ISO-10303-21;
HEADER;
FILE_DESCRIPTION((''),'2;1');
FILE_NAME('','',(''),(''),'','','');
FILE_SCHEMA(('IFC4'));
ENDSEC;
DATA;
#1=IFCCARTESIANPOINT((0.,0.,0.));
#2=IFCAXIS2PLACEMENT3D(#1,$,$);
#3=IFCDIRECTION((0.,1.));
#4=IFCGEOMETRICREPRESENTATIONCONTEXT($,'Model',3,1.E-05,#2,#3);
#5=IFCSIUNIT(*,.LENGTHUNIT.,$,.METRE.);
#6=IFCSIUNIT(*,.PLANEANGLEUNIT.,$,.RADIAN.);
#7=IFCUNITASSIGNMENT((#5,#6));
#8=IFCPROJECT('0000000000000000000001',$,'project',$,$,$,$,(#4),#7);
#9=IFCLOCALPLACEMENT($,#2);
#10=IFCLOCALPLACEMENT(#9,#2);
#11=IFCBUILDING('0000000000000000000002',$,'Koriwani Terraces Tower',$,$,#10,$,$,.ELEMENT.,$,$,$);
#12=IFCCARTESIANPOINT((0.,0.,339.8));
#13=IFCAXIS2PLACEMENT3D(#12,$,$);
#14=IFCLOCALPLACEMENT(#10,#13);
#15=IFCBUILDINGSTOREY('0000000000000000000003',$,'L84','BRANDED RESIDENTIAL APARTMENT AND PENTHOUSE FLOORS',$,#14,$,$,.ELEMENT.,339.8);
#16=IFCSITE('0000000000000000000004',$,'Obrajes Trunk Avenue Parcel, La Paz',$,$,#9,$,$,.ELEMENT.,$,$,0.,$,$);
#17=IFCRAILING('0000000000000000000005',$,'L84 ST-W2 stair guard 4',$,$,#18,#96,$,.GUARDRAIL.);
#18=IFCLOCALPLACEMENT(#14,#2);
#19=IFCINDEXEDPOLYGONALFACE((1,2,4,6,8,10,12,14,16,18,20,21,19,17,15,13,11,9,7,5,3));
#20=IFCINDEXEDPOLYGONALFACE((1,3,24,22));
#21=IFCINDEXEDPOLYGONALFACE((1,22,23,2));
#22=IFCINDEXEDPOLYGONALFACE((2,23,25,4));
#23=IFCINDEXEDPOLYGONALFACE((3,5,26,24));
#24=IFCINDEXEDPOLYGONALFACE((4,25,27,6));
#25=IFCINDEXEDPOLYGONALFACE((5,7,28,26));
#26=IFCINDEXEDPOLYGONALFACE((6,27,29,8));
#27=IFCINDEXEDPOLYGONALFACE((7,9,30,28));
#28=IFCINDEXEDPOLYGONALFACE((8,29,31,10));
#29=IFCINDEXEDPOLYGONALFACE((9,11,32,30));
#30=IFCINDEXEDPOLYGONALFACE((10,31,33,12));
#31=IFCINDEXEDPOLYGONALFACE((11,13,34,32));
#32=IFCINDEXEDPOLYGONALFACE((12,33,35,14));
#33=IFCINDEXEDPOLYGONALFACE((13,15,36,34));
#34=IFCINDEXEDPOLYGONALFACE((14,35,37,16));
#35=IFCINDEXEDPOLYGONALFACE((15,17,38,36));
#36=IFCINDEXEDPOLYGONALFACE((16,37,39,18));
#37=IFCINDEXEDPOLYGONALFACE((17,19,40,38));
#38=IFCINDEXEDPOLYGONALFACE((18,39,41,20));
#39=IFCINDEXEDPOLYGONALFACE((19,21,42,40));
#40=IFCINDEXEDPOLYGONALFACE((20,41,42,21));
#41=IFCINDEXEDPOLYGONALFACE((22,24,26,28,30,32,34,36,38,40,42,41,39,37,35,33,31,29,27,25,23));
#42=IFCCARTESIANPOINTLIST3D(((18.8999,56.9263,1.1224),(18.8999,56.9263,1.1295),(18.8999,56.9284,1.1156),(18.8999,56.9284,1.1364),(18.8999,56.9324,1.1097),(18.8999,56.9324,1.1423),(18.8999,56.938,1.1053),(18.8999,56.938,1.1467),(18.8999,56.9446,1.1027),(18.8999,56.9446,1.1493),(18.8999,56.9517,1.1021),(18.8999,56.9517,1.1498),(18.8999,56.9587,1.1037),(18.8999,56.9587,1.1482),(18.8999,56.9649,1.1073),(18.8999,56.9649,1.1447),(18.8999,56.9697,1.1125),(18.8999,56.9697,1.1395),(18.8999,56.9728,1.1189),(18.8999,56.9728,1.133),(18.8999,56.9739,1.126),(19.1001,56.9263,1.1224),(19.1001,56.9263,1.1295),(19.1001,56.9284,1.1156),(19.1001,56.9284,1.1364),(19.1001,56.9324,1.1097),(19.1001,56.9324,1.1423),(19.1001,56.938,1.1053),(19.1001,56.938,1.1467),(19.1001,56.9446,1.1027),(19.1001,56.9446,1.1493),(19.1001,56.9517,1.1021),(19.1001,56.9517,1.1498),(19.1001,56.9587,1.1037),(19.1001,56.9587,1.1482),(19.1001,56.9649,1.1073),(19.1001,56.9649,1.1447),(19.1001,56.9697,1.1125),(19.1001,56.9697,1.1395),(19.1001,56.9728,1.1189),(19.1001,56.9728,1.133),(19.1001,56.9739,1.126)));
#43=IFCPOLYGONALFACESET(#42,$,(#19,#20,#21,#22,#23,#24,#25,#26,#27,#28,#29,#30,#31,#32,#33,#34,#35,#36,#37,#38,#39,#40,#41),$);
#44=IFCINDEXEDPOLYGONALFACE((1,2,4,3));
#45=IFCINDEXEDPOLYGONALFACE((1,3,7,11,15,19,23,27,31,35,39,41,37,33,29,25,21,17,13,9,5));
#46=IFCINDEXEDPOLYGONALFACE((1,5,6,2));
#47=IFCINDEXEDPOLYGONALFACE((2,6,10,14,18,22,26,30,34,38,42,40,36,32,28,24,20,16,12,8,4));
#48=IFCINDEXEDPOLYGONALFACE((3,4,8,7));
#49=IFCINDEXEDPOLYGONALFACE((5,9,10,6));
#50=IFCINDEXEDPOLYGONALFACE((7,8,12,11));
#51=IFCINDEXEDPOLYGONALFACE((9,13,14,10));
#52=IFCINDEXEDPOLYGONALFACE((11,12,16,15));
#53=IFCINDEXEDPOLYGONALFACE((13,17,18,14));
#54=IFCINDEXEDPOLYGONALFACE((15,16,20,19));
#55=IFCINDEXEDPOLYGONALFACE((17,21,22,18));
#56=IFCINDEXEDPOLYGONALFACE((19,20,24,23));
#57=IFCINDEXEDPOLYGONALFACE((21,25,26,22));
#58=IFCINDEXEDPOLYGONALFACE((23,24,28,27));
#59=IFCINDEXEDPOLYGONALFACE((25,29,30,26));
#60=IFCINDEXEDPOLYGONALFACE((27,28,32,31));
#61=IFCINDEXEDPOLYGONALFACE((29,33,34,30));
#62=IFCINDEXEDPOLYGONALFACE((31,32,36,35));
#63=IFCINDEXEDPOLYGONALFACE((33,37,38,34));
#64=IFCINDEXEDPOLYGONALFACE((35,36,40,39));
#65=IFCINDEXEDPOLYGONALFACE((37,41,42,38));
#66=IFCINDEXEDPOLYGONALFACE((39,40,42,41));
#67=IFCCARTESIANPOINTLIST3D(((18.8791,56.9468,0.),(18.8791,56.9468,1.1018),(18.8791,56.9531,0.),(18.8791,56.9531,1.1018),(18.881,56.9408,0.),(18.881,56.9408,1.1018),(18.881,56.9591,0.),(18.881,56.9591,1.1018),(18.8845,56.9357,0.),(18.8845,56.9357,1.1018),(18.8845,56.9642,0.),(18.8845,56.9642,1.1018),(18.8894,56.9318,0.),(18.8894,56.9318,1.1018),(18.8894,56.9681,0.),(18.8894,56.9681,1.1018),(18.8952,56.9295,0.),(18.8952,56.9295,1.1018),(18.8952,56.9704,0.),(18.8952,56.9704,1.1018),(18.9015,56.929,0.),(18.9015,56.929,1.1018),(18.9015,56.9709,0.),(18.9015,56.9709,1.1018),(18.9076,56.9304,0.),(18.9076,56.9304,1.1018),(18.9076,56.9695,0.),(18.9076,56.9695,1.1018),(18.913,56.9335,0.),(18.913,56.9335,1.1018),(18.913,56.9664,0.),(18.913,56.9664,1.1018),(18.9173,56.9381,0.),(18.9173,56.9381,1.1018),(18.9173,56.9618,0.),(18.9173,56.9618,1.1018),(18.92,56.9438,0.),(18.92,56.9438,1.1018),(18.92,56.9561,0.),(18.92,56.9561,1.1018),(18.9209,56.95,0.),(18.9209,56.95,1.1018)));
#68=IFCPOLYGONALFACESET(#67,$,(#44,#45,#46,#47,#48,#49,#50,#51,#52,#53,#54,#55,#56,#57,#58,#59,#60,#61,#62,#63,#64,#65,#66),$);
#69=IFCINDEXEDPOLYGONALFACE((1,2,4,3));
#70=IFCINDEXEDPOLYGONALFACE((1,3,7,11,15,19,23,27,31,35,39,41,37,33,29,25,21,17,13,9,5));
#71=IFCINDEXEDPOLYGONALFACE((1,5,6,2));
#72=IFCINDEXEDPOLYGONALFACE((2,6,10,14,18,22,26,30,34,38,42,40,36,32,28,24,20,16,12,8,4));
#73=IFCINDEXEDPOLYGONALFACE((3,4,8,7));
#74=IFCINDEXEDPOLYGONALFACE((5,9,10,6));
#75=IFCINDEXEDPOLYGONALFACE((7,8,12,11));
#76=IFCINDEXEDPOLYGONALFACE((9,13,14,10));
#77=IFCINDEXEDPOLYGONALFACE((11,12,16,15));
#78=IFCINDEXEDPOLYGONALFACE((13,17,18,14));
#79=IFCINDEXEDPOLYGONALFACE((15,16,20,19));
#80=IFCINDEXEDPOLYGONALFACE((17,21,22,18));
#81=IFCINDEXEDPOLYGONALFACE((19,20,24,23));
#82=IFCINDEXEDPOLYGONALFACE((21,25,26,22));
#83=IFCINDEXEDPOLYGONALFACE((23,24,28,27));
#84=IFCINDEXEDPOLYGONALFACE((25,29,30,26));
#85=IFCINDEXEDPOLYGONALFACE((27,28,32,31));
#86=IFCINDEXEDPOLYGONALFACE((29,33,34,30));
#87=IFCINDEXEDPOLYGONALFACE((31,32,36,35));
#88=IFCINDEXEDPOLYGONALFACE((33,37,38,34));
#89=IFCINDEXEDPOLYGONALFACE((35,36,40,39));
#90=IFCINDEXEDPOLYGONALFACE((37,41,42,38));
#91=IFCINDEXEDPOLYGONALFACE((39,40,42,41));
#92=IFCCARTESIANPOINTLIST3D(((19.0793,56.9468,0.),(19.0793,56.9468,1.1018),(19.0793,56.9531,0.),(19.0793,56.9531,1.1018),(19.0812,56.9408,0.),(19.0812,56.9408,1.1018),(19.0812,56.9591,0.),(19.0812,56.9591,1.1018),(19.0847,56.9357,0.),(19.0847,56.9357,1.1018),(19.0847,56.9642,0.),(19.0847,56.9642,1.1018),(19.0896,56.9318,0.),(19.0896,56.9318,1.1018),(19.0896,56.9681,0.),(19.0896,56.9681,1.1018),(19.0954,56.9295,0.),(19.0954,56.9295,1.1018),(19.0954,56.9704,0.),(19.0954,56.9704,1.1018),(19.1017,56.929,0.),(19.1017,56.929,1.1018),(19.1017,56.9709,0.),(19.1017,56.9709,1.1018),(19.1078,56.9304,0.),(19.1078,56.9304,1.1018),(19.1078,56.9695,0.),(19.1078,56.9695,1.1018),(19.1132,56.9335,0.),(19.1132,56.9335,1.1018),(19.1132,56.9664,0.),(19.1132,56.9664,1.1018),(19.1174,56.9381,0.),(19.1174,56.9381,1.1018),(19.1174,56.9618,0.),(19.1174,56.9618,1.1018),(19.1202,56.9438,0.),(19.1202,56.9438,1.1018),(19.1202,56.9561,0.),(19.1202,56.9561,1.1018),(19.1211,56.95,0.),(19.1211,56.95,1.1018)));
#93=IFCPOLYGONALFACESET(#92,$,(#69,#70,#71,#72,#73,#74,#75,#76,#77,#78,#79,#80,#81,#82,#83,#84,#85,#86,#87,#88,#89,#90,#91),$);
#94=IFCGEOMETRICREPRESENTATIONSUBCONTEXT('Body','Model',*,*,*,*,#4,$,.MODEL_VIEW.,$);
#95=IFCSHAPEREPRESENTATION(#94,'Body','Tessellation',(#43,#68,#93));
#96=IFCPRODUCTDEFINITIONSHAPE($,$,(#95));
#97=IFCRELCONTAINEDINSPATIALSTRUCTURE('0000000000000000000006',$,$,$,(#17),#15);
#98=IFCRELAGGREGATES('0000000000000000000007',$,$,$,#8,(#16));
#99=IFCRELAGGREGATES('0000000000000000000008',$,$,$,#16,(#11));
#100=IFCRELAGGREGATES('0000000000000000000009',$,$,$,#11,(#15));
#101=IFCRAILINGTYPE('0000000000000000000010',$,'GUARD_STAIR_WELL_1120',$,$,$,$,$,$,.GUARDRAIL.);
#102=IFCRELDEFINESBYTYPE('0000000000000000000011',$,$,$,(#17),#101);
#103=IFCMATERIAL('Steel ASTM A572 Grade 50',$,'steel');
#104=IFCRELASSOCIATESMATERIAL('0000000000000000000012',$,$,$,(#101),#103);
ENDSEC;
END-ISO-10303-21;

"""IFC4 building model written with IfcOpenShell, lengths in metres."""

from ifc_helpers import new_model, si_unit, direction, frame, origin, origin_2d, place, context, subcontext, project, spatial, circle, extrude, material, type_object, element, save


model = new_model("IFC4")

# Units and contexts
model_context = context("Model", 3, precision=1e-05, world=origin(), true_north=direction((0.0, 1.0)))
body_context = subcontext(model_context, "Body", "Model", "MODEL_VIEW")
ifc_project = project(units=[si_unit("LENGTHUNIT", "METRE"), si_unit("PLANEANGLEUNIT", "RADIAN")], contexts=[model_context])

# Site, building, storey
site_placement = place(None, origin())
site = spatial("IfcSite", under=ifc_project, at=site_placement, Name="Obrajes Trunk Avenue Parcel, La Paz", CompositionType="ELEMENT", RefElevation=0.0)
building_placement = place(site_placement, origin())
building = spatial("IfcBuilding", under=site, at=building_placement, Name="Koriwani Terraces Tower", CompositionType="ELEMENT")
storey_placement = place(building_placement, frame((0.0, 0.0, 339.8)))
storey = spatial("IfcBuildingStorey", under=building, at=storey_placement, Name="L84", Description="BRANDED RESIDENTIAL APARTMENT AND PENTHOUSE FLOORS", CompositionType="ELEMENT", Elevation=339.8)

# Shared definitions
ifc_material_1 = material(Name="Steel ASTM A572 Grade 50", Category="steel")

# Railing
railing_type_1 = type_object("IfcRailingType", Name="GUARD_STAIR_WELL_1120", PredefinedType="GUARDRAIL", material=ifc_material_1)
railing_1_placement = place(storey_placement, frame((18.8999, 56.95, 0.0)))
element("IfcRailing", 1, at=railing_1_placement, inside=storey, type_object=railing_type_1, Name="L84 ST-W2 stair guard 4", PredefinedType="GUARDRAIL", context=body_context, shape_type="SweptSolid", body=[
    extrude(circle(Radius=0.0239, at=origin_2d()), frame((0.0, 0.0, 1.126), z_axis=(1.0, 0.0, 0.0), x_axis=(0.0, 1.0, 0.0)), (0.0, 0.0, 1.0), 0.2002),
    extrude(circle(Radius=0.021, at=origin_2d()), origin(), (0.0, 0.0, 1.0), 1.1018),
    extrude(circle(Radius=0.021, at=origin_2d()), frame((0.2002, 0.0, 0.0)), (0.0, 0.0, 1.0), 1.1018),
])

save(model, "model.ifc")
